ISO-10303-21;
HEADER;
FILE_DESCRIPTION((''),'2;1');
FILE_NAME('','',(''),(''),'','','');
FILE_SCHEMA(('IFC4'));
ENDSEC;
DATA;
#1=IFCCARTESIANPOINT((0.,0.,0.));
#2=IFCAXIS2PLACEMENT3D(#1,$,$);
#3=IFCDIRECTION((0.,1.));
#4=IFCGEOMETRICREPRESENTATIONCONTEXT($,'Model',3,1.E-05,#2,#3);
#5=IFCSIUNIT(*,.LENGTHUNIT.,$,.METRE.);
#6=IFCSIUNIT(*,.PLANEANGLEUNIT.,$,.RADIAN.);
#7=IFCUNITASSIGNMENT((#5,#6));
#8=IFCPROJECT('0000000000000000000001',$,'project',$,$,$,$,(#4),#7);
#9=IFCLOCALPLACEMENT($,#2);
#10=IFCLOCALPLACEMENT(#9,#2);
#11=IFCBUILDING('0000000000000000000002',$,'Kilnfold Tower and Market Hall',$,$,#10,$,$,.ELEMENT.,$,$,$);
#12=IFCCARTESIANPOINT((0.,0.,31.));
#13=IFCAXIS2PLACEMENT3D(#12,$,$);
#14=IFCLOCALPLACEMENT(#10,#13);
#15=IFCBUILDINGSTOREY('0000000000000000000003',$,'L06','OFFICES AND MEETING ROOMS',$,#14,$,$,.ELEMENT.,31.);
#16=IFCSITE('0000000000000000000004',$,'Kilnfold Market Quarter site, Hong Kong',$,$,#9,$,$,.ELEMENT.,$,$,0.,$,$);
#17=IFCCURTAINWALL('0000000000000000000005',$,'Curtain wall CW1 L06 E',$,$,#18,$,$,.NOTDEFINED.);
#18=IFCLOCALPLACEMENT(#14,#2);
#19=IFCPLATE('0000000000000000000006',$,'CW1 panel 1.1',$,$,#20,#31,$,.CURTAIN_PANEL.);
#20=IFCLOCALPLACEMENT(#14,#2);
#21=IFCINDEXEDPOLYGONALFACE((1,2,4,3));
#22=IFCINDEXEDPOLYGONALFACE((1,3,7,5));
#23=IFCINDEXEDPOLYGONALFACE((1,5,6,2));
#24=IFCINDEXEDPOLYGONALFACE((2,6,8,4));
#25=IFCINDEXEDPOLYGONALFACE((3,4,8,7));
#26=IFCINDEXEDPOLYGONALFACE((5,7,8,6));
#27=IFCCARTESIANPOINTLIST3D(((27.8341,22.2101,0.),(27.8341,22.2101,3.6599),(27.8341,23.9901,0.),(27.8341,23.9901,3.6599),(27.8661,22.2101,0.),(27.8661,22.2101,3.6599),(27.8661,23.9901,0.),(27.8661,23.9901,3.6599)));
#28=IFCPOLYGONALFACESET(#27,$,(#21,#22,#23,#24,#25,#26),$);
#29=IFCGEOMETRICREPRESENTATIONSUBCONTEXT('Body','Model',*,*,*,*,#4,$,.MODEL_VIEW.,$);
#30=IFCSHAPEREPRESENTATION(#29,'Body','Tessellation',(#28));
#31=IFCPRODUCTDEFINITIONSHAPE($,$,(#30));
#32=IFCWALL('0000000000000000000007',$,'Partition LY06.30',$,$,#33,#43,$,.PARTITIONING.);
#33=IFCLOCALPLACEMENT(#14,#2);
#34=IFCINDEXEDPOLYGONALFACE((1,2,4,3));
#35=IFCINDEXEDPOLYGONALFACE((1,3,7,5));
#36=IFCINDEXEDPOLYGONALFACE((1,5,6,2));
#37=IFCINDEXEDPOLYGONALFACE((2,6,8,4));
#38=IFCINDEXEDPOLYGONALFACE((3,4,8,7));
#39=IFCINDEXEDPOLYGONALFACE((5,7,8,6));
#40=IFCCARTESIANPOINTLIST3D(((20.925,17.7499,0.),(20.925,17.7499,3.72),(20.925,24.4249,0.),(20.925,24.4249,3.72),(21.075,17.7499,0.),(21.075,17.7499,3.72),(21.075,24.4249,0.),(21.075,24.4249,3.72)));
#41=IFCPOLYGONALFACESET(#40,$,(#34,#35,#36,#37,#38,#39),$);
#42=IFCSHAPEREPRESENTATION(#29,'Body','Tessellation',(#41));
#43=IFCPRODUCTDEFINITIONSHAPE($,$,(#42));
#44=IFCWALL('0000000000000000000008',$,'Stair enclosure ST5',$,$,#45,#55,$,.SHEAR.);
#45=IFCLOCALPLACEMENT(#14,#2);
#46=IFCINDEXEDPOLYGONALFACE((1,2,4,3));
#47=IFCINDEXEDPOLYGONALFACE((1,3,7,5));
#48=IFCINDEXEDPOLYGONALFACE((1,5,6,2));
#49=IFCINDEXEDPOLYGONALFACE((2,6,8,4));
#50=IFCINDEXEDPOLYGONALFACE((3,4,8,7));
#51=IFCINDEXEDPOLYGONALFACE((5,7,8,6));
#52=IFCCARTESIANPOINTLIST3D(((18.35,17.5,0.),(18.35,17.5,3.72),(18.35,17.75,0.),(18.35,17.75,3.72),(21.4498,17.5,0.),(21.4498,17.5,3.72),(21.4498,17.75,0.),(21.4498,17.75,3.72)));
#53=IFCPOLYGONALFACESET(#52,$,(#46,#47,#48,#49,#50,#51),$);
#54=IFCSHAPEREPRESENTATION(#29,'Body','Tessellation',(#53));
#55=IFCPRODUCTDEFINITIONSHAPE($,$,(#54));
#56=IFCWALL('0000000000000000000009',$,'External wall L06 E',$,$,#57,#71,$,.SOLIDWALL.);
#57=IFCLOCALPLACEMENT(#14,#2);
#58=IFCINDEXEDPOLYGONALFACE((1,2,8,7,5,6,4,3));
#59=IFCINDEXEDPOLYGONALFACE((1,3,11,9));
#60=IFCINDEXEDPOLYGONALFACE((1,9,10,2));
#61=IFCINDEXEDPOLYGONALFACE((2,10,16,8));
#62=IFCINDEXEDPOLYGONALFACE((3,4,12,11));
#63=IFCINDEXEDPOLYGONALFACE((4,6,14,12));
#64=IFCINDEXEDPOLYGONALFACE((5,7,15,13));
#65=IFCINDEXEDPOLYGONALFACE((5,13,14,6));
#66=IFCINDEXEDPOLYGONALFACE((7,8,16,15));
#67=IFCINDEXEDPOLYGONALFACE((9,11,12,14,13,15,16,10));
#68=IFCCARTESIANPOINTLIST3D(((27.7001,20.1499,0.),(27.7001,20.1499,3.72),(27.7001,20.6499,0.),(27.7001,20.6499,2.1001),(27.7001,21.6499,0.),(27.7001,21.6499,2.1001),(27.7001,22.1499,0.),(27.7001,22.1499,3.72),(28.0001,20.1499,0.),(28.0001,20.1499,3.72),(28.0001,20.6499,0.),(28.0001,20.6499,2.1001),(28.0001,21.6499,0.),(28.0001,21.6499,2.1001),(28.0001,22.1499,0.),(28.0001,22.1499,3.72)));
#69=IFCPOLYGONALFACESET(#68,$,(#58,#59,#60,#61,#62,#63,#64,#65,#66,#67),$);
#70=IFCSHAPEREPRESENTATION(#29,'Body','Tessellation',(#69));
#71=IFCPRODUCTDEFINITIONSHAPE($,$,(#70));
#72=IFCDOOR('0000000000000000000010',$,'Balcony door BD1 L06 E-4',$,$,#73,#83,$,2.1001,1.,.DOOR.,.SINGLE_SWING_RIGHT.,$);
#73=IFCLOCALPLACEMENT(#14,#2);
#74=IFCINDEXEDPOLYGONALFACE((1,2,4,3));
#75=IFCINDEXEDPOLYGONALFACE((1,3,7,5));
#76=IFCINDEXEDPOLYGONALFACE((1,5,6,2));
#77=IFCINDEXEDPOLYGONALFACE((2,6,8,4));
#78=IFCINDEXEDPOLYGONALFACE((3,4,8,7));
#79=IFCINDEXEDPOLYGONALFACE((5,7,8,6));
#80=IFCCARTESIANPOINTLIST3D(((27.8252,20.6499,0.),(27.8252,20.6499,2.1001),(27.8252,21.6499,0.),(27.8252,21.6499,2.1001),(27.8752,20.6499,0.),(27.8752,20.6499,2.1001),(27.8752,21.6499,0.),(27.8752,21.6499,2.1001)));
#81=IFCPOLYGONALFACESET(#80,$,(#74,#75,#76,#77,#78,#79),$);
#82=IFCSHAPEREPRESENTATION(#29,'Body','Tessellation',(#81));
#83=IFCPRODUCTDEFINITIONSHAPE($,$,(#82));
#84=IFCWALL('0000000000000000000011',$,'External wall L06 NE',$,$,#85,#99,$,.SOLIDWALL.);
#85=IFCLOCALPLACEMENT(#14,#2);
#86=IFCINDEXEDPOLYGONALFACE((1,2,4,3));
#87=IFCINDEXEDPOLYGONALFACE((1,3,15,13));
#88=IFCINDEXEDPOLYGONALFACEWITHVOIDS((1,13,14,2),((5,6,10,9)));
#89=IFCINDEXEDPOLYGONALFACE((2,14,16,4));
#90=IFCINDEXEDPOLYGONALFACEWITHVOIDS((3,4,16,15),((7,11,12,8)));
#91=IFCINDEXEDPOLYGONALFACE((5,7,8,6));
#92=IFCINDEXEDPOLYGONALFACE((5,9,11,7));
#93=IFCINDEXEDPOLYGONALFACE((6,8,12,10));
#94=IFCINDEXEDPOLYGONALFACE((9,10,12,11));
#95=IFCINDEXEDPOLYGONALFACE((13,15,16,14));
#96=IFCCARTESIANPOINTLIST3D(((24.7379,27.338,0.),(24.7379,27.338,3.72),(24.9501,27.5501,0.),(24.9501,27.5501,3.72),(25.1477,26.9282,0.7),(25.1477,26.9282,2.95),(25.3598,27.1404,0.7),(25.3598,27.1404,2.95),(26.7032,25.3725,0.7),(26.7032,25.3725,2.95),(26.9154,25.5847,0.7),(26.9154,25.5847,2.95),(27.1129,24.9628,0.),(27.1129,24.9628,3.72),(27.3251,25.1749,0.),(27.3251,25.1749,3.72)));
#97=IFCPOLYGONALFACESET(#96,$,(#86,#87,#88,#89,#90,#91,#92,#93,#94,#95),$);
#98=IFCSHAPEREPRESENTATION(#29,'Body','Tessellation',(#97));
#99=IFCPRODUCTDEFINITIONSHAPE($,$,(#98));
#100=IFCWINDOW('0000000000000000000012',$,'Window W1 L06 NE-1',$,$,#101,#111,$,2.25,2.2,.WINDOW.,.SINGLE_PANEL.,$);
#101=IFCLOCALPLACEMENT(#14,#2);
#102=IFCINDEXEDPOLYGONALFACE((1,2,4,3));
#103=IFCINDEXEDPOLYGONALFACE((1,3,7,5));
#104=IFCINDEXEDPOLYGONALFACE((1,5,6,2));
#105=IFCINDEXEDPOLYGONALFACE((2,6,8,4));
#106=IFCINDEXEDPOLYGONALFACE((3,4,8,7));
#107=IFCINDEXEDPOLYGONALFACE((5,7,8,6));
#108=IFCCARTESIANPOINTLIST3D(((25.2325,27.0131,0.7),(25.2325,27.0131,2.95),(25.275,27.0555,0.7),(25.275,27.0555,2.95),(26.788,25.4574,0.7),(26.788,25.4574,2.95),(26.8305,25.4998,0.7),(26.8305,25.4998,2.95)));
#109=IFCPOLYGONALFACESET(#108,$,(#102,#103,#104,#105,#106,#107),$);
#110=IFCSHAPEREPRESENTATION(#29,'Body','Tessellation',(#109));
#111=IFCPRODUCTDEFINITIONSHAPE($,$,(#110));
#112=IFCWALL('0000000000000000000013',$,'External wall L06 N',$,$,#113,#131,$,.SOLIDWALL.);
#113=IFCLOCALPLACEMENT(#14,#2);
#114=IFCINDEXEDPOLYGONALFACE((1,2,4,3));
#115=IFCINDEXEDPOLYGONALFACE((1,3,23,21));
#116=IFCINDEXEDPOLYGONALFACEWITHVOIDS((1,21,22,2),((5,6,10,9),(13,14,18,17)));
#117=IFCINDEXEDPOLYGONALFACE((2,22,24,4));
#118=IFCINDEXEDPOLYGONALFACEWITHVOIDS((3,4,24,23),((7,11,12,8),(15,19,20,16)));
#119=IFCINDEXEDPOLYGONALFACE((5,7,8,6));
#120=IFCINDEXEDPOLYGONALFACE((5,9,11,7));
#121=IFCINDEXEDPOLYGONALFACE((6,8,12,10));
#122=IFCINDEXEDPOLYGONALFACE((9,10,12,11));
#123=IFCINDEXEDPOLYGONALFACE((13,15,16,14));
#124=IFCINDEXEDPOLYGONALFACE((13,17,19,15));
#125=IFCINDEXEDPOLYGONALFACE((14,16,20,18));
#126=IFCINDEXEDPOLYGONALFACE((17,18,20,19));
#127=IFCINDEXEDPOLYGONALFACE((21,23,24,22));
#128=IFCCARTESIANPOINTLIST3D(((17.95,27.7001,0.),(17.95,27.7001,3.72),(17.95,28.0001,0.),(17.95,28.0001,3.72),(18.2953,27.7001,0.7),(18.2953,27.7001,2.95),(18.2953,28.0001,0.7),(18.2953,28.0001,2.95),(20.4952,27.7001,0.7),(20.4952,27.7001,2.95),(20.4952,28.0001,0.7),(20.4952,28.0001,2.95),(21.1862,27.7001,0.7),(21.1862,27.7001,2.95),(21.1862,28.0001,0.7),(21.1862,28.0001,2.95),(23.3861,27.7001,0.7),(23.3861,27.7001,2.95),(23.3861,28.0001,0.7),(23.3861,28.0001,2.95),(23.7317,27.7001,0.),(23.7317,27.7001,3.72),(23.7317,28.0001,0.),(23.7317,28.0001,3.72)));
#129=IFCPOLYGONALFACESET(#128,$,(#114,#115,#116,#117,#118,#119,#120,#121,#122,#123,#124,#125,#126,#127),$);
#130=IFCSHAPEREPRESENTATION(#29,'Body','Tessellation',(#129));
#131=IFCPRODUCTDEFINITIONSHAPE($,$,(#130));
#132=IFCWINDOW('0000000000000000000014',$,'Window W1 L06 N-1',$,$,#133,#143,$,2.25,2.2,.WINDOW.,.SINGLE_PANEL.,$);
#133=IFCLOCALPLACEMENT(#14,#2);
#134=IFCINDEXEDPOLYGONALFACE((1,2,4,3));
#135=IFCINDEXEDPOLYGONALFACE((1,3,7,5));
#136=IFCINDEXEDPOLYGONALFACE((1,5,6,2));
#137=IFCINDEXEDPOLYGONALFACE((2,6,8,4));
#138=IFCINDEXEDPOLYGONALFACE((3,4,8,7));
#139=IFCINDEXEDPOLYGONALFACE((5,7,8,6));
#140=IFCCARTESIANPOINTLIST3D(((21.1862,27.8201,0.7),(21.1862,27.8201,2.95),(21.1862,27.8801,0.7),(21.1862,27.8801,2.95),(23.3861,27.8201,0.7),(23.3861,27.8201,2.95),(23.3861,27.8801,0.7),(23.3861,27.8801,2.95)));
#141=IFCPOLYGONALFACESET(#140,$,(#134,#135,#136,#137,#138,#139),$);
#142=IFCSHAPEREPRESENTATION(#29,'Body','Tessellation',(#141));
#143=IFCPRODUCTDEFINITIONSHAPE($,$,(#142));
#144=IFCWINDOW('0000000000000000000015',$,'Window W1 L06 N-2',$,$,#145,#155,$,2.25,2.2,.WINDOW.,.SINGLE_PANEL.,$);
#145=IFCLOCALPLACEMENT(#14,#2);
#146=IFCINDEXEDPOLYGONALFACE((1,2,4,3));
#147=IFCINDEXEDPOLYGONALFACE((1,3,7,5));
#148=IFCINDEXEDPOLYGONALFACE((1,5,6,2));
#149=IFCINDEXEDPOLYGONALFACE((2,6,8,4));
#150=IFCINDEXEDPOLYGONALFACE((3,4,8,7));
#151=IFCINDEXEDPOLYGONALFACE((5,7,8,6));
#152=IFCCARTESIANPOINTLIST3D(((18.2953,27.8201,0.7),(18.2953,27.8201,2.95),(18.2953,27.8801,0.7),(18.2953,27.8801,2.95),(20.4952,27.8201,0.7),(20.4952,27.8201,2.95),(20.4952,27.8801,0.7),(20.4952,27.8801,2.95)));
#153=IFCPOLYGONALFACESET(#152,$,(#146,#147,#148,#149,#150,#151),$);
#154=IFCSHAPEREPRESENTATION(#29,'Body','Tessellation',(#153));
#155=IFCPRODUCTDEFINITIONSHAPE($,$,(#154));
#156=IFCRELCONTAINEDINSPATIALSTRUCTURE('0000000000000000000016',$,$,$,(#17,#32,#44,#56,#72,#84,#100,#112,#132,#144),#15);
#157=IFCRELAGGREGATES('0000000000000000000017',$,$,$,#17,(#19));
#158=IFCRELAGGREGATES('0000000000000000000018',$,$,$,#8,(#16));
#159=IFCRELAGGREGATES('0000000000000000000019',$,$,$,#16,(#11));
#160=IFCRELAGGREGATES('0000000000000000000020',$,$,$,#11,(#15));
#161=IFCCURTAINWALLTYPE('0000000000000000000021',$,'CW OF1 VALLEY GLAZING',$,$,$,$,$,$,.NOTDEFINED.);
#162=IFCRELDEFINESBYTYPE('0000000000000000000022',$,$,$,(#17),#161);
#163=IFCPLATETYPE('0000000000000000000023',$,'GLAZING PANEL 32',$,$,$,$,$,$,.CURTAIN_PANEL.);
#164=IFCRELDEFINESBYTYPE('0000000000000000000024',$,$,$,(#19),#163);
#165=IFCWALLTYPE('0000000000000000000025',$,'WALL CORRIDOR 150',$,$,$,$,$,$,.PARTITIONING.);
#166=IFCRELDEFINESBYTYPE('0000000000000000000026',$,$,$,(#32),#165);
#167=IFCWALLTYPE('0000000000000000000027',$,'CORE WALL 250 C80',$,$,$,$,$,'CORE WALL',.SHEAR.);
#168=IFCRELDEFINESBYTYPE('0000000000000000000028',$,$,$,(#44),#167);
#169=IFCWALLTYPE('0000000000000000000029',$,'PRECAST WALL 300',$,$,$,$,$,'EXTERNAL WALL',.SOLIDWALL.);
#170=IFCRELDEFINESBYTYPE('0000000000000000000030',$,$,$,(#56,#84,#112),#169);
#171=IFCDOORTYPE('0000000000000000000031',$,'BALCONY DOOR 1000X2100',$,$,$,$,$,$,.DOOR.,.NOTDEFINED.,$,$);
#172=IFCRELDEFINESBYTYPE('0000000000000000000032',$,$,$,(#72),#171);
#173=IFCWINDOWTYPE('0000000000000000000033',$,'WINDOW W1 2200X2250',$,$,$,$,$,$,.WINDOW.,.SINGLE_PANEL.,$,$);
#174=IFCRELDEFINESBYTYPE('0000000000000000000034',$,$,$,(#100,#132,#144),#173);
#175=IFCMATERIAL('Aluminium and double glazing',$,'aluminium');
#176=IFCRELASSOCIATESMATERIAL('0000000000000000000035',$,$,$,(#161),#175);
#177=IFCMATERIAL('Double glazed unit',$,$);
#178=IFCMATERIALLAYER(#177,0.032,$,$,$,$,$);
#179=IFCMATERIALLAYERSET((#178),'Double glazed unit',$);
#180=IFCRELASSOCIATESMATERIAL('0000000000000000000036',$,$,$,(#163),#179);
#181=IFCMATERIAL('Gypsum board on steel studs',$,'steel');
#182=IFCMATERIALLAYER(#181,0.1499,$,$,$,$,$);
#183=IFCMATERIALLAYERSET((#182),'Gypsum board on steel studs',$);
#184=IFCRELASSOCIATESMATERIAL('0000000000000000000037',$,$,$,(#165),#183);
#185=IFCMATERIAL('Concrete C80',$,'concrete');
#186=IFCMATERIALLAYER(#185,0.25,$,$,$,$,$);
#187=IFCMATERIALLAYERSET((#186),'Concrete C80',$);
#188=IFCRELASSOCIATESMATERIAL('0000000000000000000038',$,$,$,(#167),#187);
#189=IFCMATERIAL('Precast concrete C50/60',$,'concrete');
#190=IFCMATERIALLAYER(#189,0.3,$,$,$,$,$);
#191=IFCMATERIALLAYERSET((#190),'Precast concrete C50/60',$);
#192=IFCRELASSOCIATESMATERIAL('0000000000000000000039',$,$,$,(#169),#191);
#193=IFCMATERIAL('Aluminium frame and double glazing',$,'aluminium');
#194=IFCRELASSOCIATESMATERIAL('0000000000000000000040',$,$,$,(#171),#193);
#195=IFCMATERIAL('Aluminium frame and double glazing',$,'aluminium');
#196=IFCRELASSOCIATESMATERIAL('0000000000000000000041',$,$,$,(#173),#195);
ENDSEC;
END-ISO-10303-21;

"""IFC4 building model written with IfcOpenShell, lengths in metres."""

from ifc_helpers import new_model, si_unit, direction, frame, frame_2d, origin, origin_2d, place, context, subcontext, project, spatial, rectangle, extrude, source, transform, mapped, material, layer, layer_set, type_object, element, fill, aggregate, save


model = new_model("IFC4")

# Units and contexts
model_context = context("Model", 3, precision=1e-05, world=origin(), true_north=direction((0.0, 1.0)))
body_context = subcontext(model_context, "Body", "Model", "MODEL_VIEW")
ifc_project = project(units=[si_unit("LENGTHUNIT", "METRE"), si_unit("PLANEANGLEUNIT", "RADIAN")], contexts=[model_context])

# Site, building, storey
site_placement = place(None, origin())
site = spatial("IfcSite", under=ifc_project, at=site_placement, Name="Kilnfold Market Quarter site, Hong Kong", CompositionType="ELEMENT", RefElevation=0.0)
building_placement = place(site_placement, origin())
building = spatial("IfcBuilding", under=site, at=building_placement, Name="Kilnfold Tower and Market Hall", CompositionType="ELEMENT")
storey_placement = place(building_placement, frame((0.0, 0.0, 31.0)))
storey = spatial("IfcBuildingStorey", under=building, at=storey_placement, Name="L06", Description="OFFICES AND MEETING ROOMS", CompositionType="ELEMENT", Elevation=31.0)

# Shared definitions
ifc_material_1 = material(Name="Aluminium and double glazing", Category="aluminium")
curtain_wall_type = type_object("IfcCurtainWallType", Name="CW OF1 VALLEY GLAZING", PredefinedType="NOTDEFINED", material=ifc_material_1)

# Curtain wall
curtain_wall_1_placement = place(storey_placement, origin())
curtain_wall_1 = element("IfcCurtainWall", 1, at=curtain_wall_1_placement, inside=storey, type_object=curtain_wall_type, Name="Curtain wall CW1 L06 E", PredefinedType="NOTDEFINED")

# Plate
ifc_material_2 = material(Name="Double glazed unit")
ifc_layer_1 = layer(ifc_material_2, 0.032)
ifc_layer_set_1 = layer_set([ifc_layer_1], Name="Double glazed unit")
plate_type = type_object("IfcPlateType", Name="GLAZING PANEL 32", PredefinedType="CURTAIN_PANEL", material=ifc_layer_set_1)
shared_shape_1 = source(origin(), body_context, "Body", "SweptSolid", [
    extrude(rectangle(XDim=1.78, YDim=0.032, at=origin_2d()), origin(), (0.0, 0.0, 1.0), 3.6599),
])
plate_1_placement = place(storey_placement, frame((27.8501, 23.1001, 0.0), z_axis=(0.0, 0.0, 1.0), x_axis=(0.0, 1.0, 0.0)))
plate_1 = element("IfcPlate", 2, at=plate_1_placement, type_object=plate_type, Name="CW1 panel 1.1", PredefinedType="CURTAIN_PANEL", context=body_context, shape_type="MappedRepresentation", body=[
    mapped(shared_shape_1, transform((0.0, 0.0, 0.0))),
])
aggregate(curtain_wall_1, [plate_1])

# Walls
ifc_material_3 = material(Name="Gypsum board on steel studs", Category="steel")
ifc_layer_2 = layer(ifc_material_3, 0.1499)
ifc_layer_set_2 = layer_set([ifc_layer_2], Name="Gypsum board on steel studs")
wall_type_1 = type_object("IfcWallType", Name="WALL CORRIDOR 150", PredefinedType="PARTITIONING", material=ifc_layer_set_2)
wall_1_placement = place(storey_placement, frame((21.0, 17.75, 0.0), z_axis=(0.0, 0.0, 1.0), x_axis=(0.0, 1.0, 0.0)))
element("IfcWall", 3, at=wall_1_placement, inside=storey, type_object=wall_type_1, Name="Partition LY06.30", PredefinedType="PARTITIONING", context=body_context, shape_type="SweptSolid", body=[
    extrude(rectangle(XDim=6.675, YDim=0.1499, at=frame_2d((3.3374, 0.0))), origin(), (0.0, 0.0, 1.0), 3.72),
])
ifc_material_4 = material(Name="Concrete C80", Category="concrete")
ifc_layer_3 = layer(ifc_material_4, 0.25)
ifc_layer_set_3 = layer_set([ifc_layer_3], Name="Concrete C80")
wall_type_2 = type_object("IfcWallType", Name="CORE WALL 250 C80", ElementType="CORE WALL", PredefinedType="SHEAR", material=ifc_layer_set_3)
shared_shape_2 = source(origin(), body_context, "Body", "SweptSolid", [
    extrude(rectangle(XDim=3.0999, YDim=0.25, at=frame_2d((1.5498, 0.0))), origin(), (0.0, 0.0, 1.0), 3.72),
])
wall_2_placement = place(storey_placement, frame((18.3501, 17.625, 0.0), z_axis=(0.0, 0.0, 1.0), x_axis=(1.0, 0.0, 0.0)))
element("IfcWall", 4, at=wall_2_placement, inside=storey, type_object=wall_type_2, Name="Stair enclosure ST5", PredefinedType="SHEAR", context=body_context, shape_type="MappedRepresentation", body=[
    mapped(shared_shape_2, transform((0.0, 0.0, 0.0))),
])

# Wall, opening, door
ifc_material_5 = material(Name="Precast concrete C50/60", Category="concrete")
ifc_layer_4 = layer(ifc_material_5, 0.3)
ifc_layer_set_4 = layer_set([ifc_layer_4], Name="Precast concrete C50/60")
wall_type_3 = type_object("IfcWallType", Name="PRECAST WALL 300", ElementType="EXTERNAL WALL", PredefinedType="SOLIDWALL", material=ifc_layer_set_4)
shared_shape_3 = source(origin(), body_context, "Body", "SweptSolid", [
    extrude(rectangle(XDim=2.0, YDim=0.3, at=frame_2d((1.0, 0.0))), origin(), (0.0, 0.0, 1.0), 3.72),
])
wall_3_placement = place(storey_placement, frame((27.8501, 20.1499, 0.0), z_axis=(0.0, 0.0, 1.0), x_axis=(0.0, 1.0, 0.0)))
wall_3 = element("IfcWall", 5, at=wall_3_placement, inside=storey, type_object=wall_type_3, Name="External wall L06 E", PredefinedType="SOLIDWALL", context=body_context, shape_type="MappedRepresentation", body=[
    mapped(shared_shape_3, transform((0.0, 0.0, 0.0))),
])
opening_1_placement = place(wall_3_placement, frame((0.5, 0.0, 0.0)))
opening_1 = element("IfcOpeningElement", 6, at=opening_1_placement, cuts=wall_3, PredefinedType="OPENING", context=body_context, shape_type="SweptSolid", body=[
    extrude(rectangle(XDim=1.0, YDim=2.1001, at=frame_2d((0.5, 1.05))), frame((0.0, 0.1602, 0.0), z_axis=(0.0, -1.0, 0.0), x_axis=(1.0, 0.0, 0.0)), (0.0, 0.0, 1.0), 0.3201),
])
ifc_material_6 = material(Name="Aluminium frame and double glazing", Category="aluminium")
door_type = type_object("IfcDoorType", Name="BALCONY DOOR 1000X2100", OperationType="NOTDEFINED", PredefinedType="DOOR", material=ifc_material_6)
door_placement = place(opening_1_placement, origin())
door = element("IfcDoor", 7, at=door_placement, inside=storey, type_object=door_type, Name="Balcony door BD1 L06 E-4", OperationType="SINGLE_SWING_RIGHT", OverallHeight=2.1001, OverallWidth=1.0, PredefinedType="DOOR", context=body_context, shape_type="SweptSolid", body=[
    extrude(rectangle(XDim=1.0, YDim=2.1001, at=frame_2d((0.5, 1.05))), frame((0.0, 0.0249, 0.0), z_axis=(0.0, -1.0, 0.0), x_axis=(1.0, 0.0, 0.0)), (0.0, 0.0, 1.0), 0.05),
])
fill(opening_1, door)

# Wall, opening, window
shared_shape_4 = source(origin(), body_context, "Body", "SweptSolid", [
    extrude(rectangle(XDim=3.3589, YDim=0.3, at=frame_2d((1.6794, 0.0))), origin(), (0.0, 0.0, 1.0), 3.72),
])
wall_4_placement = place(storey_placement, frame((27.219, 25.0688, 0.0), z_axis=(0.0, 0.0, 1.0), x_axis=(-0.70707, 0.707143, 0.0)))
wall_4 = element("IfcWall", 8, at=wall_4_placement, inside=storey, type_object=wall_type_3, Name="External wall L06 NE", PredefinedType="SOLIDWALL", context=body_context, shape_type="MappedRepresentation", body=[
    mapped(shared_shape_4, transform((0.0, 0.0, 0.0))),
])
opening_2_placement = place(wall_4_placement, frame((0.5793, 0.0, 0.7)))
opening_2 = element("IfcOpeningElement", 9, at=opening_2_placement, cuts=wall_4, PredefinedType="OPENING", context=body_context, shape_type="SweptSolid", body=[
    extrude(rectangle(XDim=2.2, YDim=2.25, at=frame_2d((1.1001, 1.125))), frame((0.0, 0.1602, 0.0), z_axis=(0.0, -1.0, 0.0), x_axis=(1.0, 0.0, 0.0)), (0.0, 0.0, 1.0), 0.3201),
])
ifc_material_7 = material(Name="Aluminium frame and double glazing", Category="aluminium")
window_type = type_object("IfcWindowType", Name="WINDOW W1 2200X2250", PartitioningType="SINGLE_PANEL", PredefinedType="WINDOW", material=ifc_material_7)
window_1_placement = place(opening_2_placement, origin())
window_1 = element("IfcWindow", 10, at=window_1_placement, inside=storey, type_object=window_type, Name="Window W1 L06 NE-1", OverallHeight=2.25, OverallWidth=2.2, PartitioningType="SINGLE_PANEL", PredefinedType="WINDOW", context=body_context, shape_type="SweptSolid", body=[
    extrude(rectangle(XDim=2.2, YDim=2.25, at=frame_2d((1.1001, 1.125))), frame((0.0, 0.03, 0.0), z_axis=(0.0, -1.0, 0.0), x_axis=(1.0, 0.0, 0.0)), (0.0, 0.0, 1.0), 0.0601),
])
fill(opening_2, window_1)

# Wall, openings, windows
shared_shape_5 = source(origin(), body_context, "Body", "SweptSolid", [
    extrude(rectangle(XDim=5.7817, YDim=0.3, at=frame_2d((2.8909, 0.0))), origin(), (0.0, 0.0, 1.0), 3.72),
])
wall_5_placement = place(storey_placement, frame((23.7317, 27.8501, 0.0), z_axis=(0.0, 0.0, 1.0), x_axis=(-1.0, 0.0, 0.0)))
wall_5 = element("IfcWall", 11, at=wall_5_placement, inside=storey, type_object=wall_type_3, Name="External wall L06 N", PredefinedType="SOLIDWALL", context=body_context, shape_type="MappedRepresentation", body=[
    mapped(shared_shape_5, transform((0.0, 0.0, 0.0))),
])
opening_3_placement = place(wall_5_placement, frame((0.3455, 0.0, 0.7)))
opening_3 = element("IfcOpeningElement", 12, at=opening_3_placement, cuts=wall_5, PredefinedType="OPENING", context=body_context, shape_type="SweptSolid", body=[
    extrude(rectangle(XDim=2.2, YDim=2.25, at=frame_2d((1.1001, 1.125))), frame((0.0, 0.1602, 0.0), z_axis=(0.0, -1.0, 0.0), x_axis=(1.0, 0.0, 0.0)), (0.0, 0.0, 1.0), 0.3201),
])
opening_4_placement = place(wall_5_placement, frame((3.2363, 0.0, 0.7)))
opening_4 = element("IfcOpeningElement", 13, at=opening_4_placement, cuts=wall_5, PredefinedType="OPENING", context=body_context, shape_type="SweptSolid", body=[
    extrude(rectangle(XDim=2.2, YDim=2.25, at=frame_2d((1.1001, 1.125))), frame((0.0, 0.1602, 0.0), z_axis=(0.0, -1.0, 0.0), x_axis=(1.0, 0.0, 0.0)), (0.0, 0.0, 1.0), 0.3201),
])
window_2_placement = place(opening_3_placement, origin())
window_2 = element("IfcWindow", 14, at=window_2_placement, inside=storey, type_object=window_type, Name="Window W1 L06 N-1", OverallHeight=2.25, OverallWidth=2.2, PartitioningType="SINGLE_PANEL", PredefinedType="WINDOW", context=body_context, shape_type="SweptSolid", body=[
    extrude(rectangle(XDim=2.2, YDim=2.25, at=frame_2d((1.1001, 1.125))), frame((0.0, 0.03, 0.0), z_axis=(0.0, -1.0, 0.0), x_axis=(1.0, 0.0, 0.0)), (0.0, 0.0, 1.0), 0.0601),
])
fill(opening_3, window_2)
window_3_placement = place(opening_4_placement, origin())
window_3 = element("IfcWindow", 15, at=window_3_placement, inside=storey, type_object=window_type, Name="Window W1 L06 N-2", OverallHeight=2.25, OverallWidth=2.2, PartitioningType="SINGLE_PANEL", PredefinedType="WINDOW", context=body_context, shape_type="SweptSolid", body=[
    extrude(rectangle(XDim=2.2, YDim=2.25, at=frame_2d((1.1001, 1.125))), frame((0.0, 0.03, 0.0), z_axis=(0.0, -1.0, 0.0), x_axis=(1.0, 0.0, 0.0)), (0.0, 0.0, 1.0), 0.0601),
])
fill(opening_4, window_3)

save(model, "model.ifc")
